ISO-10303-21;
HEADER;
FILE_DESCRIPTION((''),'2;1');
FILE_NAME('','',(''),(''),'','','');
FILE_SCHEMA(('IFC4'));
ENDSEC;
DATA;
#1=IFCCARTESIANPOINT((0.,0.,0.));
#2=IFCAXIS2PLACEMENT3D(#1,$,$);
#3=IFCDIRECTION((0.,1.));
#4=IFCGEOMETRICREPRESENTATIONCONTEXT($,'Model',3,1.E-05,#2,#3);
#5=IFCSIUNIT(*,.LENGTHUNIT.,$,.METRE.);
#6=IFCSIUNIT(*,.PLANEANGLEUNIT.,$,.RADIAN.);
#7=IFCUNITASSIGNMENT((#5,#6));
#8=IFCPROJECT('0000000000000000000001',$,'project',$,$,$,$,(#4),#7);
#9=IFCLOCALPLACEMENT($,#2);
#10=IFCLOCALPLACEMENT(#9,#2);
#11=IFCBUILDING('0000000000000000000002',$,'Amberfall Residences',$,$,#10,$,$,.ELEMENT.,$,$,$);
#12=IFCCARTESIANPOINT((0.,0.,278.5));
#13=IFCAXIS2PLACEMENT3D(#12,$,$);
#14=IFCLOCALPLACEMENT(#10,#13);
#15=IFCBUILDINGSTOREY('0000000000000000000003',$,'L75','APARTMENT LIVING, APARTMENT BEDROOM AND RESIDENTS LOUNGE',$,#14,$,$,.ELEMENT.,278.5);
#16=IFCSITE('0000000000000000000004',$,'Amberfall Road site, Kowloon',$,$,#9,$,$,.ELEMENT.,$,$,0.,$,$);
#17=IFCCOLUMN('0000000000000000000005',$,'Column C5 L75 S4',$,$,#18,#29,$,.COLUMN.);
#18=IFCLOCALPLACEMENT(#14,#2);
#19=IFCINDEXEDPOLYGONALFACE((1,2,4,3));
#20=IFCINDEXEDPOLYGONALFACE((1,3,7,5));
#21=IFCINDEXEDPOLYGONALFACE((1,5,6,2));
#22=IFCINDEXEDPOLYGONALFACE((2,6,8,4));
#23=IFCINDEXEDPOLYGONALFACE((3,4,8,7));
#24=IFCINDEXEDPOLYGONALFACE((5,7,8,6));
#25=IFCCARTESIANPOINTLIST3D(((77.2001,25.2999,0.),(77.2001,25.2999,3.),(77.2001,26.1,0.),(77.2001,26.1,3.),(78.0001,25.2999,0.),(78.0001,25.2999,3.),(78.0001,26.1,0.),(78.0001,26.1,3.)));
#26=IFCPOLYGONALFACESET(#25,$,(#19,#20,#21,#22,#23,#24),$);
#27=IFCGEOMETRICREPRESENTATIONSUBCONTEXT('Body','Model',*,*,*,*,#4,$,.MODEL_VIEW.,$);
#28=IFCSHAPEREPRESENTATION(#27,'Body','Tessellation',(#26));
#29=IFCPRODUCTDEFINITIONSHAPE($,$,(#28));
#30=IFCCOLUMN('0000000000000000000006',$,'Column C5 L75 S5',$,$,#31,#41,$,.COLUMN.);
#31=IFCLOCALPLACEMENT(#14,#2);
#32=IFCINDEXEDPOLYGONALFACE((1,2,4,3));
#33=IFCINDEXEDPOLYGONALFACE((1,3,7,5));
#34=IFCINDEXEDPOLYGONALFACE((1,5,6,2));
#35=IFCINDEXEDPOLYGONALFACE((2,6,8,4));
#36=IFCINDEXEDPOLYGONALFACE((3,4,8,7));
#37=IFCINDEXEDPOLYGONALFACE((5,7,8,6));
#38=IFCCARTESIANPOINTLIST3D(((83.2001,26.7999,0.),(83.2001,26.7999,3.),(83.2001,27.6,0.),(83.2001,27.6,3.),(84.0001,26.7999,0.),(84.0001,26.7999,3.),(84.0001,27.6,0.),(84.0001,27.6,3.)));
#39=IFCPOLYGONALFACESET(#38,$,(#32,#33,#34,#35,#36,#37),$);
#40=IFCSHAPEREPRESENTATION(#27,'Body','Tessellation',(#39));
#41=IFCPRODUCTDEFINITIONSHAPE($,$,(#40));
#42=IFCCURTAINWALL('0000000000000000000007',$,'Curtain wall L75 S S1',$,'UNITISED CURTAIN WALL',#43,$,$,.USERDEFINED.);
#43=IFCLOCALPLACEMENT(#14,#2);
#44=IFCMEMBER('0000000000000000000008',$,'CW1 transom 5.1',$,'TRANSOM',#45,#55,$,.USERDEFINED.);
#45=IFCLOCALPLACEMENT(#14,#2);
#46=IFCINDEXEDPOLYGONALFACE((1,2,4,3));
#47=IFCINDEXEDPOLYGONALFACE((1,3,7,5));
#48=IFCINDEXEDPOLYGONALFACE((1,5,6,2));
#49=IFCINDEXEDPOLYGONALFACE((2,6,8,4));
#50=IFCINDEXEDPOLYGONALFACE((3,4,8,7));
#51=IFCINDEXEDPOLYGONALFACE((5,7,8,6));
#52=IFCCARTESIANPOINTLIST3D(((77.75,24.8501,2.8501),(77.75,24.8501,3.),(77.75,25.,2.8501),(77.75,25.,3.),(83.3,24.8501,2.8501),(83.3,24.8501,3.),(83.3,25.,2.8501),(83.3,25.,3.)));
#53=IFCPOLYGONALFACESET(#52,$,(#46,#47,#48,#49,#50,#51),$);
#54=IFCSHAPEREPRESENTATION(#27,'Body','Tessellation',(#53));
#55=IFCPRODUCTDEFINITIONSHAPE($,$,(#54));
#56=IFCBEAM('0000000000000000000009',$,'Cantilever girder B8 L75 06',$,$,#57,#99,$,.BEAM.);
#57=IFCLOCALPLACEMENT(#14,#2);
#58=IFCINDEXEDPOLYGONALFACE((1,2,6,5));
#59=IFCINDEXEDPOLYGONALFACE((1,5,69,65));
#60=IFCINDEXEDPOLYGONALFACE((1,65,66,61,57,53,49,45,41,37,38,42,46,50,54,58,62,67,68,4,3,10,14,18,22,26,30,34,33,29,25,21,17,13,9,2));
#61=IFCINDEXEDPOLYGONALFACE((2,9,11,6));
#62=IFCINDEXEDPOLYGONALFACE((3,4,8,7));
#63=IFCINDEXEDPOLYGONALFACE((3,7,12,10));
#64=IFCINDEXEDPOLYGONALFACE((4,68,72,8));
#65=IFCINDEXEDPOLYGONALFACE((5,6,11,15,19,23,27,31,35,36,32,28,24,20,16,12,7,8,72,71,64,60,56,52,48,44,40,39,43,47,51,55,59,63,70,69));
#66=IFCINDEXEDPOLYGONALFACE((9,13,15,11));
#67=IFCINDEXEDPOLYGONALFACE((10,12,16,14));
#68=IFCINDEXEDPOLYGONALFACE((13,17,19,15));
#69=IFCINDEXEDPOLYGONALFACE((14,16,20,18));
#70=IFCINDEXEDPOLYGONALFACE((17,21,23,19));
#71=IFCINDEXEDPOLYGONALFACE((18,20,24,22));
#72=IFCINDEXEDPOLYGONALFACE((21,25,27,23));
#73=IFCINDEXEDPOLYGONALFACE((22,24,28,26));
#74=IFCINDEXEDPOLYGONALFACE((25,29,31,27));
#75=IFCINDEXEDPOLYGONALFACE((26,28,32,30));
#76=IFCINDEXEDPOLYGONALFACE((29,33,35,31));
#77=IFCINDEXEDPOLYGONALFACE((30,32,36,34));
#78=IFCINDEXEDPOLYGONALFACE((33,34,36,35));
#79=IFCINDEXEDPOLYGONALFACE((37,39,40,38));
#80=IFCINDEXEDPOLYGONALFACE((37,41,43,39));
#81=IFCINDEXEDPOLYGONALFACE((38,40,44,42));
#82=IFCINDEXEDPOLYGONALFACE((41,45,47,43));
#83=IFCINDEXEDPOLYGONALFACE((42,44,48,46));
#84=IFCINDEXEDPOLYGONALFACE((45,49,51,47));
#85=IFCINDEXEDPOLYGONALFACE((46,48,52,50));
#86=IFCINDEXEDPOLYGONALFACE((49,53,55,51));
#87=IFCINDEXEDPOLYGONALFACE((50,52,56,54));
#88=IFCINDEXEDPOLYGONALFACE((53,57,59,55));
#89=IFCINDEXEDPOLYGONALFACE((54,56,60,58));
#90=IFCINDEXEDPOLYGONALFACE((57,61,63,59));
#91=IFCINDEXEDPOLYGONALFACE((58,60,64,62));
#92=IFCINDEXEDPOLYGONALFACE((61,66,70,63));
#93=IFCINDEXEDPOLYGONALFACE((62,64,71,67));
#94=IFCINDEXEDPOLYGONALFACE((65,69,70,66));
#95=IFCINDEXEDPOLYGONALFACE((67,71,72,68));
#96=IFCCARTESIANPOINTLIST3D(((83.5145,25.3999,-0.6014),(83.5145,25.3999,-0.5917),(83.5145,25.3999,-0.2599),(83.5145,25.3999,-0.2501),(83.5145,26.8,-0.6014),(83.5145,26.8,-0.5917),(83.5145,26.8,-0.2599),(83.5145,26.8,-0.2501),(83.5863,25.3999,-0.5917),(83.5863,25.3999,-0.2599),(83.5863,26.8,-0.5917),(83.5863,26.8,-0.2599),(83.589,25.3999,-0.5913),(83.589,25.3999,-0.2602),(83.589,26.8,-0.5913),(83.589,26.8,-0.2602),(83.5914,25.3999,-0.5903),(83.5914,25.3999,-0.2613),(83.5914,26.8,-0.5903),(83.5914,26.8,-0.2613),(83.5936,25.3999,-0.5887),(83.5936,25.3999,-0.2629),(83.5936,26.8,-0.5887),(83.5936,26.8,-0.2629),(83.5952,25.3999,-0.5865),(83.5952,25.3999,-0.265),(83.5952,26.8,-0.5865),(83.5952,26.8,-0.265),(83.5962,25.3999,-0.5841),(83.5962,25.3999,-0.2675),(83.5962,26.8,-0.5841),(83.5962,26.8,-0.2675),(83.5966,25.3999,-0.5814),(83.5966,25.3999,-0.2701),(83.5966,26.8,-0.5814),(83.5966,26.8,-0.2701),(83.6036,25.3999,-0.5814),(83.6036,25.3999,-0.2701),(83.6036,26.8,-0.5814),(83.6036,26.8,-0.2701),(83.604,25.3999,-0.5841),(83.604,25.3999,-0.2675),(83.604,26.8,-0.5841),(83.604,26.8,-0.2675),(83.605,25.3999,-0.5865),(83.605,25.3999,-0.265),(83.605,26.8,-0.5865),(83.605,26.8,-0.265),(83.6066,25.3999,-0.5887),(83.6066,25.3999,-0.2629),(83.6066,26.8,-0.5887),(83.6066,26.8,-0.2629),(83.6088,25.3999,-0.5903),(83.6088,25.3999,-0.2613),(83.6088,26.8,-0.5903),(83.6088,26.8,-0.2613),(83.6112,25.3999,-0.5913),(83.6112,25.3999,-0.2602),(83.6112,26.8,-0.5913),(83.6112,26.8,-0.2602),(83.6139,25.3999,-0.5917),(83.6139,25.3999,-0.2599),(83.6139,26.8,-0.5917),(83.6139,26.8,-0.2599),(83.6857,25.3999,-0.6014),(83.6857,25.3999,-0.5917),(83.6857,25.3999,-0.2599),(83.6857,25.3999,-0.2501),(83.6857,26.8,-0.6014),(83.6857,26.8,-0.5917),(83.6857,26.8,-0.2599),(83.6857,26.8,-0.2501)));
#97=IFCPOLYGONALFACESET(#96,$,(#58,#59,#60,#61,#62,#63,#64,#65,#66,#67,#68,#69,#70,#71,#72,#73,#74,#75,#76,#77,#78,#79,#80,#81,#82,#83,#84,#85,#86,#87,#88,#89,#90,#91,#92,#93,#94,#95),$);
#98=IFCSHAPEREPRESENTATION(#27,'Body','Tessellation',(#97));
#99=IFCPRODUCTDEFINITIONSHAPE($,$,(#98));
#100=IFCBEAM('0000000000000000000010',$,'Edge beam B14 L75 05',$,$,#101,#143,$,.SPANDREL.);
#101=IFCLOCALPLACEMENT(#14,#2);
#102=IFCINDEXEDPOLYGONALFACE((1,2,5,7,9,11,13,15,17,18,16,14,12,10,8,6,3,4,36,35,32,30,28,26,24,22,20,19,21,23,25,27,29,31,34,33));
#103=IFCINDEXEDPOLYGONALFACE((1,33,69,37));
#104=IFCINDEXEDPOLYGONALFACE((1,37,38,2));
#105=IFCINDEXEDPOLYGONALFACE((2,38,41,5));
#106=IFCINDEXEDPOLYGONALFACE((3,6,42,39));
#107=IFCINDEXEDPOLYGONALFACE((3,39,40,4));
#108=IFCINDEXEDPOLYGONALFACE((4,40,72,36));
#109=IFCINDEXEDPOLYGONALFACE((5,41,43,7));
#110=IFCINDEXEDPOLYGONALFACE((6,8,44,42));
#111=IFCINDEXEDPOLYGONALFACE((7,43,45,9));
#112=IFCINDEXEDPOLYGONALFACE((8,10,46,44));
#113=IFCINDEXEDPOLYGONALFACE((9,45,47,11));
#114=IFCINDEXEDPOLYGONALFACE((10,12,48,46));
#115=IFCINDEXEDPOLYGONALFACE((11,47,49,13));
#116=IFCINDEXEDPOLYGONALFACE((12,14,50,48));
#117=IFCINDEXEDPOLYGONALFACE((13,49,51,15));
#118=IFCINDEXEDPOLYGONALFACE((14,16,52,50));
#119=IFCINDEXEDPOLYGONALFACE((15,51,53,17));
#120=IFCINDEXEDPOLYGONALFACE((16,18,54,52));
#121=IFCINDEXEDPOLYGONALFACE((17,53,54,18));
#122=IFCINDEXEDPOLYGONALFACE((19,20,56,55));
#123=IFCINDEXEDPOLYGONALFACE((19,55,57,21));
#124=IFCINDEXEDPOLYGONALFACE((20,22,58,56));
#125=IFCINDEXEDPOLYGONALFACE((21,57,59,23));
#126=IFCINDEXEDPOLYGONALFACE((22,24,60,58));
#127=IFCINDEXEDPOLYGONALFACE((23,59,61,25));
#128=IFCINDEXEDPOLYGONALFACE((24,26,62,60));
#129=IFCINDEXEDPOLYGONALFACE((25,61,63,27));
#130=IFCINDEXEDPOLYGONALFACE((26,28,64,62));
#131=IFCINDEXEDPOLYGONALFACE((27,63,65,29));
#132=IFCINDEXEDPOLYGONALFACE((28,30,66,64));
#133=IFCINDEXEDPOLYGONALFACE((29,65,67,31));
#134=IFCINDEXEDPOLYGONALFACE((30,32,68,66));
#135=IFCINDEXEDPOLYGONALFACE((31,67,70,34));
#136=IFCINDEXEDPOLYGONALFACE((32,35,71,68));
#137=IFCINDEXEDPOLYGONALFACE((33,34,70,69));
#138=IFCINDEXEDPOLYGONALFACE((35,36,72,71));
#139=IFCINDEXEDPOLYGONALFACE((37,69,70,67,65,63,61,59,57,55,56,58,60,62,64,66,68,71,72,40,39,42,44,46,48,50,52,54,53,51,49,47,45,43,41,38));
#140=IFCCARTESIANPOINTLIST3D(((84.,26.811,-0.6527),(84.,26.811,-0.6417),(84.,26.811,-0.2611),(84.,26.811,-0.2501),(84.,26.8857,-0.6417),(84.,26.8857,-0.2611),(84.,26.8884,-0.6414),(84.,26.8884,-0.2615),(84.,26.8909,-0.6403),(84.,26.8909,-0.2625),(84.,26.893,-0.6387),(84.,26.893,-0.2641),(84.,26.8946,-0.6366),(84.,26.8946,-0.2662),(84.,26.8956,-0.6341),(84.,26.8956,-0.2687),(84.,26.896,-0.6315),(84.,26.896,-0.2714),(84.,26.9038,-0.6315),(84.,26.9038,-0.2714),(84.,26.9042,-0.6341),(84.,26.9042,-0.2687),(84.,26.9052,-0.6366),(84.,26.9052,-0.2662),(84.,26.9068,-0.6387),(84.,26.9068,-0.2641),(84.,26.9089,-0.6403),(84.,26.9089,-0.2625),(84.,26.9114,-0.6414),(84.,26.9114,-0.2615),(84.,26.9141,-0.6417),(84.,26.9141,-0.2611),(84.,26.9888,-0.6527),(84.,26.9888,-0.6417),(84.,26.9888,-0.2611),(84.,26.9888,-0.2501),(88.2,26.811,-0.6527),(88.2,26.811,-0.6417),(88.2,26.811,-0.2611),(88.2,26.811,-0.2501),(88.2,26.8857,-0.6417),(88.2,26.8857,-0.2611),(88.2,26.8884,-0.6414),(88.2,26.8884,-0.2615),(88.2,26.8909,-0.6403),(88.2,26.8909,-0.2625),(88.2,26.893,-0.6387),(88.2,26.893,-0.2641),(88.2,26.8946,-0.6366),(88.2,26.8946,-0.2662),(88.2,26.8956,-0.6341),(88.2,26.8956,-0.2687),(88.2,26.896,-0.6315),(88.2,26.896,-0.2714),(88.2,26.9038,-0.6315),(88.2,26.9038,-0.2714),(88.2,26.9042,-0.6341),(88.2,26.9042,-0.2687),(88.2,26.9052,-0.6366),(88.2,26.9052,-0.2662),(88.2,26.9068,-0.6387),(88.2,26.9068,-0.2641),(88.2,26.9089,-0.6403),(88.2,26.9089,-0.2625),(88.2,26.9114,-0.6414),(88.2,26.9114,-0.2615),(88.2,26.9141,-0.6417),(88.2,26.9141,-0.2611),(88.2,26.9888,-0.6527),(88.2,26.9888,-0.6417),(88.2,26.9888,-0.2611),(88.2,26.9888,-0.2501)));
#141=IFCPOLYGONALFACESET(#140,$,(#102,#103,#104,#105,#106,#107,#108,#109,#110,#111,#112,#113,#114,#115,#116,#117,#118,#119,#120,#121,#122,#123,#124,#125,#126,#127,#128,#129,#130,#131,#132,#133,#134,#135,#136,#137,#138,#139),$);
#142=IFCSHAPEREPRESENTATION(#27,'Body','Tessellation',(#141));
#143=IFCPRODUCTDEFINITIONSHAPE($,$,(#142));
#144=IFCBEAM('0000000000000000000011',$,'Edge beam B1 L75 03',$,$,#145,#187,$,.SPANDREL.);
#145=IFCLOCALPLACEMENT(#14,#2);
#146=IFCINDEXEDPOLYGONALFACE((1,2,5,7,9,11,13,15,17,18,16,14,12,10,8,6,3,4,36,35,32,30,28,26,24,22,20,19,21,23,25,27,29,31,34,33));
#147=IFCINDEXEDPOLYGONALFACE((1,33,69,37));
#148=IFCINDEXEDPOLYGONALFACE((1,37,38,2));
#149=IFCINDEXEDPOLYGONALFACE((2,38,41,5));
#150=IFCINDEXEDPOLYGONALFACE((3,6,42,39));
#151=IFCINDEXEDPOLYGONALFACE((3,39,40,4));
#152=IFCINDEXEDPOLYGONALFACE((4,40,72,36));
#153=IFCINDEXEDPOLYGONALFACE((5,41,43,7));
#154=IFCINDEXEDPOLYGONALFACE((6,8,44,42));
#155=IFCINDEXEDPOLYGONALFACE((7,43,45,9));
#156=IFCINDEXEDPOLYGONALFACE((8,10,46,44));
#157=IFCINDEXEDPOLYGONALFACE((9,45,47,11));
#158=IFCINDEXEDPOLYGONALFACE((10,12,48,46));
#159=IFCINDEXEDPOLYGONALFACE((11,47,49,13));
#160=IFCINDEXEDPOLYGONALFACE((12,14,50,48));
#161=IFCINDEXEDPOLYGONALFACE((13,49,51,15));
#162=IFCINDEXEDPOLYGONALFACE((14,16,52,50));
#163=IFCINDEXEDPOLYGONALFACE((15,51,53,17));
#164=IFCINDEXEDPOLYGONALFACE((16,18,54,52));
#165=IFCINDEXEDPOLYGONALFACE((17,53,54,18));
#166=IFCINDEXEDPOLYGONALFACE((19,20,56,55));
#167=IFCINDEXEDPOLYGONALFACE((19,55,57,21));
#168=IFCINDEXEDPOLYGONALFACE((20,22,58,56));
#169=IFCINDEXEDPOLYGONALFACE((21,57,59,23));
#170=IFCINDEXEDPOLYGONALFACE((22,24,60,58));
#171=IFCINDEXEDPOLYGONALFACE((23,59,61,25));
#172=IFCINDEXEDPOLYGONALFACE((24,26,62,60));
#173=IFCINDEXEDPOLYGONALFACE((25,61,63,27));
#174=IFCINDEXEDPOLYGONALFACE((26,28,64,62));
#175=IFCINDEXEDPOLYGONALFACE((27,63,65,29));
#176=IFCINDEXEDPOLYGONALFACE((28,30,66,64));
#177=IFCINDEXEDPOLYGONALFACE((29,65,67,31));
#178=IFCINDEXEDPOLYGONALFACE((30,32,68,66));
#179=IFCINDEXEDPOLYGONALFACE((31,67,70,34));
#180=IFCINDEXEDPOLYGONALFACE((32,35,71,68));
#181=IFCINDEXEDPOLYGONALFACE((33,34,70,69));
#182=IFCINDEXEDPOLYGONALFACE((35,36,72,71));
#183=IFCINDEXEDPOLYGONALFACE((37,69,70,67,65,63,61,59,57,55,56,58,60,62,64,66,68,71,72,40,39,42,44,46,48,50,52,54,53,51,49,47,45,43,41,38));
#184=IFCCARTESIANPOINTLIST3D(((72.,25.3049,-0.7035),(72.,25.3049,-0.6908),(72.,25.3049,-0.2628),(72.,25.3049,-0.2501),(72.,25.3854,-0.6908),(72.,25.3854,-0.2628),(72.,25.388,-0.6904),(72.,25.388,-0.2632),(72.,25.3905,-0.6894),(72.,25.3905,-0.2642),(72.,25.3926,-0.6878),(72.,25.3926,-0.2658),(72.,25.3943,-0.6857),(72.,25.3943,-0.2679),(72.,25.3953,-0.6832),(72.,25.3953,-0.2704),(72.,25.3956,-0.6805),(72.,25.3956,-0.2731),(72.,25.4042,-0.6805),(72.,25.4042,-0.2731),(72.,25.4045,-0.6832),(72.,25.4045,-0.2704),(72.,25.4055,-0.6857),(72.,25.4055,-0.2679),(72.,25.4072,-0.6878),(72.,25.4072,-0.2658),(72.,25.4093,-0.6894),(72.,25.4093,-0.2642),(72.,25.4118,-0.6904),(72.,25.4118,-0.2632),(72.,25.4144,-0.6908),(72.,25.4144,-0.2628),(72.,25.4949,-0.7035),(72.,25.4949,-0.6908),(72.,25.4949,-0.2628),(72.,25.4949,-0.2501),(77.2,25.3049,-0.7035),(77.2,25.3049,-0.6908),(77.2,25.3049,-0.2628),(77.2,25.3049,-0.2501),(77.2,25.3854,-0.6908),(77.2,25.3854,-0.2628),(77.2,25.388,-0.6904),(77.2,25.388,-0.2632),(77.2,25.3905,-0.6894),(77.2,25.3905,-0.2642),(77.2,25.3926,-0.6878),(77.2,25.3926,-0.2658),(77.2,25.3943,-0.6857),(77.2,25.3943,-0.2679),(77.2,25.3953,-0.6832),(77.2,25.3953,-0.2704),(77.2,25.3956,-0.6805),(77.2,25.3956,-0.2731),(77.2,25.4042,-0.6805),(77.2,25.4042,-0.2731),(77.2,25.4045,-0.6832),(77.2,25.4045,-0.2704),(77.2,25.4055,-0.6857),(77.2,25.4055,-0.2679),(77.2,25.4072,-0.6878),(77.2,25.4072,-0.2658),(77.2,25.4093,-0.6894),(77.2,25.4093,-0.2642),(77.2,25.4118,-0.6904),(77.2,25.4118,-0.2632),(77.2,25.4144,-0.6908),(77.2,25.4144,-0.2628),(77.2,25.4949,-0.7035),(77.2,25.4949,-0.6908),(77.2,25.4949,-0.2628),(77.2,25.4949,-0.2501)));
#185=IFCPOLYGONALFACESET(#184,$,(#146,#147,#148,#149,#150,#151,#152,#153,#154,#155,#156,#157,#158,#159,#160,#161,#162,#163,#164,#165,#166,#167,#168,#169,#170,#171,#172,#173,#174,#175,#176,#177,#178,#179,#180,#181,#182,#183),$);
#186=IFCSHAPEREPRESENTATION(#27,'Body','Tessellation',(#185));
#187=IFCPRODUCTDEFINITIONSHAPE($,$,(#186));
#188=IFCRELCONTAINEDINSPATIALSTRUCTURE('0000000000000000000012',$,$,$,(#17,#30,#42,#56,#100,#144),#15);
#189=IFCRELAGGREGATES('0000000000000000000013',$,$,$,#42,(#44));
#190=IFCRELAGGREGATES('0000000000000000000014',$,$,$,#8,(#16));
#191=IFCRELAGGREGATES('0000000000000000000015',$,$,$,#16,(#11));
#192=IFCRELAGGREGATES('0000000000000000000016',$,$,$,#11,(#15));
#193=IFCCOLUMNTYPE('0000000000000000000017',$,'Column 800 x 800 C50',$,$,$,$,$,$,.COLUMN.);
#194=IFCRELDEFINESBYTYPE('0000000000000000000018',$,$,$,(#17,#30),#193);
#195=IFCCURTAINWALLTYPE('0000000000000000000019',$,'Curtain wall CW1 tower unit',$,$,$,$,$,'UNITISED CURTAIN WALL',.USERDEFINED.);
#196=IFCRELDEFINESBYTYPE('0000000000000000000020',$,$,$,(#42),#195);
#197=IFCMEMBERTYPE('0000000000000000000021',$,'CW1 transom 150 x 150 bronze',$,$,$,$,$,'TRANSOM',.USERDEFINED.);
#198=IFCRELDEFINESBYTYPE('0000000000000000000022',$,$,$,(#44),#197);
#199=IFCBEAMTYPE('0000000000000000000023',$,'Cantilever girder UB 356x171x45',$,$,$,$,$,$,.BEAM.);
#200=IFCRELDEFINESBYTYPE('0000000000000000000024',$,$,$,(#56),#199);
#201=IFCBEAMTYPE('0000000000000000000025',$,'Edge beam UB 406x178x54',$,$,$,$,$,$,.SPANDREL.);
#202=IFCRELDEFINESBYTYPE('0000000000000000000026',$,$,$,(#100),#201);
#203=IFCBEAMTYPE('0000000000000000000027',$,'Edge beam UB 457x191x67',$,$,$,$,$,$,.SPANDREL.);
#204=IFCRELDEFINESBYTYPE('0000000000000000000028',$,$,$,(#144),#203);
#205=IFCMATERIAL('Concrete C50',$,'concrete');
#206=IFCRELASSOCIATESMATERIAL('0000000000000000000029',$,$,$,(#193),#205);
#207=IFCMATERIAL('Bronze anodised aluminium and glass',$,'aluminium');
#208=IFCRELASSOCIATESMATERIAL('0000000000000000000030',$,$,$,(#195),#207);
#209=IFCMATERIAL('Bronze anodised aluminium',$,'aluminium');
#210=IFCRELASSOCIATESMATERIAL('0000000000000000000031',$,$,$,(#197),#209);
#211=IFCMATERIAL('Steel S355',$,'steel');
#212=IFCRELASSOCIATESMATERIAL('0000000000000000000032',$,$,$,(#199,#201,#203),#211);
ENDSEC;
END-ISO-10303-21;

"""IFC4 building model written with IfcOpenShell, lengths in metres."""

from ifc_helpers import new_model, si_unit, direction, frame, origin, origin_2d, place, context, subcontext, project, spatial, rectangle, i_section, extrude, material, material_profile, profile_set, type_object, element, aggregate, save


model = new_model("IFC4")

# Units and contexts
model_context = context("Model", 3, precision=1e-05, world=origin(), true_north=direction((0.0, 1.0)))
body_context = subcontext(model_context, "Body", "Model", "MODEL_VIEW")
ifc_project = project(units=[si_unit("LENGTHUNIT", "METRE"), si_unit("PLANEANGLEUNIT", "RADIAN")], contexts=[model_context])

# Site, building, storey
site_placement = place(None, origin())
site = spatial("IfcSite", under=ifc_project, at=site_placement, Name="Amberfall Road site, Kowloon", CompositionType="ELEMENT", RefElevation=0.0)
building_placement = place(site_placement, origin())
building = spatial("IfcBuilding", under=site, at=building_placement, Name="Amberfall Residences", CompositionType="ELEMENT")
storey_placement = place(building_placement, frame((0.0, 0.0, 278.5)))
storey = spatial("IfcBuildingStorey", under=building, at=storey_placement, Name="L75", Description="APARTMENT LIVING, APARTMENT BEDROOM AND RESIDENTS LOUNGE", CompositionType="ELEMENT", Elevation=278.5)

# Columns
ifc_material_1 = material(Name="Concrete C50", Category="concrete")
ifc_material_profile_1 = material_profile(ifc_material_1, rectangle(XDim=0.8, YDim=0.8, at=origin_2d()), Name="Column 800 x 800 C50")
ifc_profile_set_1 = profile_set([ifc_material_profile_1], Name="Concrete C50")
column_type = type_object("IfcColumnType", Name="Column 800 x 800 C50", PredefinedType="COLUMN", material=ifc_profile_set_1)
for number, where, z_axis, x_axis, name in (
    (1, (77.6001, 25.7, 0.0), (0.0, 0.0, 1.0), (1.0, 0.0, 0.0), "Column C5 L75 S4"),
    (2, (83.6001, 27.2, 0.0), (0.0, 0.0, 1.0), (1.0, 0.0, 0.0), "Column C5 L75 S5"),
):
    element("IfcColumn", number, at=place(storey_placement, frame(where, z_axis=z_axis, x_axis=x_axis)), inside=storey, type_object=column_type, Name=name, PredefinedType="COLUMN", context=body_context, shape_type="SweptSolid", body=[
        extrude(rectangle(XDim=0.8, YDim=0.8, at=origin_2d()), origin(), (0.0, 0.0, 1.0), 3.0),
    ])

# Curtain wall, member
ifc_material_2 = material(Name="Bronze anodised aluminium and glass", Category="aluminium")
curtain_wall_type = type_object("IfcCurtainWallType", Name="Curtain wall CW1 tower unit", ElementType="UNITISED CURTAIN WALL", PredefinedType="USERDEFINED", material=ifc_material_2)
curtain_wall_placement = place(storey_placement, origin())
curtain_wall = element("IfcCurtainWall", 3, at=curtain_wall_placement, inside=storey, type_object=curtain_wall_type, Name="Curtain wall L75 S S1", ObjectType="UNITISED CURTAIN WALL", PredefinedType="USERDEFINED")
ifc_material_3 = material(Name="Bronze anodised aluminium", Category="aluminium")
ifc_material_profile_2 = material_profile(ifc_material_3, rectangle(XDim=0.1499, YDim=0.1499, at=origin_2d()), Name="CW1 transom 150 x 150 bronze")
ifc_profile_set_2 = profile_set([ifc_material_profile_2], Name="Bronze anodised aluminium")
member_type_1 = type_object("IfcMemberType", Name="CW1 transom 150 x 150 bronze", ElementType="TRANSOM", PredefinedType="USERDEFINED", material=ifc_profile_set_2)
member_1_placement = place(storey_placement, frame((77.75, 24.925, 2.925), z_axis=(1.0, 0.0, 0.0), x_axis=(0.0, 1.0, 0.0)))
member_1 = element("IfcMember", 4, at=member_1_placement, type_object=member_type_1, Name="CW1 transom 5.1", ObjectType="TRANSOM", PredefinedType="USERDEFINED", context=body_context, shape_type="SweptSolid", body=[
    extrude(rectangle(XDim=0.1499, YDim=0.1499, at=origin_2d()), origin(), (0.0, 0.0, 1.0), 5.55),
])

# Beams
ifc_material_4 = material(Name="Steel S355", Category="steel")
ifc_material_profile_3 = material_profile(ifc_material_4, i_section(OverallWidth=0.1711, OverallDepth=0.3513, WebThickness=0.0071, FlangeThickness=0.0098, FilletRadius=0.0103, at=origin_2d()), Name="UB 356x171x45")
ifc_profile_set_3 = profile_set([ifc_material_profile_3], Name="Steel S355")
beam_type_1 = type_object("IfcBeamType", Name="Cantilever girder UB 356x171x45", PredefinedType="BEAM", material=ifc_profile_set_3)
beam_1_placement = place(storey_placement, frame((83.6001, 26.8, -0.4258), z_axis=(0.0, -1.0, 0.0), x_axis=(1.0, 0.0, 0.0)))
element("IfcBeam", 5, at=beam_1_placement, inside=storey, type_object=beam_type_1, Name="Cantilever girder B8 L75 06", PredefinedType="BEAM", context=body_context, shape_type="SweptSolid", body=[
    extrude(i_section(OverallWidth=0.1711, OverallDepth=0.3513, WebThickness=0.0071, FlangeThickness=0.0098, FilletRadius=0.0103, at=origin_2d()), origin(), (0.0, 0.0, 1.0), 1.4001),
])
ifc_material_profile_4 = material_profile(ifc_material_4, i_section(OverallWidth=0.1777, OverallDepth=0.4026, WebThickness=0.0078, FlangeThickness=0.011, FilletRadius=0.0103, at=origin_2d()), Name="UB 406x178x54")
ifc_profile_set_4 = profile_set([ifc_material_profile_4], Name="Steel S355")
beam_type_2 = type_object("IfcBeamType", Name="Edge beam UB 406x178x54", PredefinedType="SPANDREL", material=ifc_profile_set_4)
beam_2_placement = place(storey_placement, frame((84.0, 26.8999, -0.4514), z_axis=(1.0, 0.0, 0.0), x_axis=(0.0, 1.0, 0.0)))
element("IfcBeam", 6, at=beam_2_placement, inside=storey, type_object=beam_type_2, Name="Edge beam B14 L75 05", PredefinedType="SPANDREL", context=body_context, shape_type="SweptSolid", body=[
    extrude(i_section(OverallWidth=0.1777, OverallDepth=0.4026, WebThickness=0.0078, FlangeThickness=0.011, FilletRadius=0.0103, at=origin_2d()), origin(), (0.0, 0.0, 1.0), 4.2),
])
ifc_material_profile_5 = material_profile(ifc_material_4, i_section(OverallWidth=0.1899, OverallDepth=0.4534, WebThickness=0.0085, FlangeThickness=0.0127, FilletRadius=0.0103, at=origin_2d()), Name="UB 457x191x67")
ifc_profile_set_5 = profile_set([ifc_material_profile_5], Name="Steel S355")
beam_type_3 = type_object("IfcBeamType", Name="Edge beam UB 457x191x67", PredefinedType="SPANDREL", material=ifc_profile_set_5)
beam_3_placement = place(storey_placement, frame((72.0, 25.3999, -0.4768), z_axis=(1.0, 0.0, 0.0), x_axis=(0.0, 1.0, 0.0)))
element("IfcBeam", 7, at=beam_3_placement, inside=storey, type_object=beam_type_3, Name="Edge beam B1 L75 03", PredefinedType="SPANDREL", context=body_context, shape_type="SweptSolid", body=[
    extrude(i_section(OverallWidth=0.1899, OverallDepth=0.4534, WebThickness=0.0085, FlangeThickness=0.0127, FilletRadius=0.0103, at=origin_2d()), origin(), (0.0, 0.0, 1.0), 5.2),
])

aggregate(curtain_wall, [member_1])

save(model, "model.ifc")
